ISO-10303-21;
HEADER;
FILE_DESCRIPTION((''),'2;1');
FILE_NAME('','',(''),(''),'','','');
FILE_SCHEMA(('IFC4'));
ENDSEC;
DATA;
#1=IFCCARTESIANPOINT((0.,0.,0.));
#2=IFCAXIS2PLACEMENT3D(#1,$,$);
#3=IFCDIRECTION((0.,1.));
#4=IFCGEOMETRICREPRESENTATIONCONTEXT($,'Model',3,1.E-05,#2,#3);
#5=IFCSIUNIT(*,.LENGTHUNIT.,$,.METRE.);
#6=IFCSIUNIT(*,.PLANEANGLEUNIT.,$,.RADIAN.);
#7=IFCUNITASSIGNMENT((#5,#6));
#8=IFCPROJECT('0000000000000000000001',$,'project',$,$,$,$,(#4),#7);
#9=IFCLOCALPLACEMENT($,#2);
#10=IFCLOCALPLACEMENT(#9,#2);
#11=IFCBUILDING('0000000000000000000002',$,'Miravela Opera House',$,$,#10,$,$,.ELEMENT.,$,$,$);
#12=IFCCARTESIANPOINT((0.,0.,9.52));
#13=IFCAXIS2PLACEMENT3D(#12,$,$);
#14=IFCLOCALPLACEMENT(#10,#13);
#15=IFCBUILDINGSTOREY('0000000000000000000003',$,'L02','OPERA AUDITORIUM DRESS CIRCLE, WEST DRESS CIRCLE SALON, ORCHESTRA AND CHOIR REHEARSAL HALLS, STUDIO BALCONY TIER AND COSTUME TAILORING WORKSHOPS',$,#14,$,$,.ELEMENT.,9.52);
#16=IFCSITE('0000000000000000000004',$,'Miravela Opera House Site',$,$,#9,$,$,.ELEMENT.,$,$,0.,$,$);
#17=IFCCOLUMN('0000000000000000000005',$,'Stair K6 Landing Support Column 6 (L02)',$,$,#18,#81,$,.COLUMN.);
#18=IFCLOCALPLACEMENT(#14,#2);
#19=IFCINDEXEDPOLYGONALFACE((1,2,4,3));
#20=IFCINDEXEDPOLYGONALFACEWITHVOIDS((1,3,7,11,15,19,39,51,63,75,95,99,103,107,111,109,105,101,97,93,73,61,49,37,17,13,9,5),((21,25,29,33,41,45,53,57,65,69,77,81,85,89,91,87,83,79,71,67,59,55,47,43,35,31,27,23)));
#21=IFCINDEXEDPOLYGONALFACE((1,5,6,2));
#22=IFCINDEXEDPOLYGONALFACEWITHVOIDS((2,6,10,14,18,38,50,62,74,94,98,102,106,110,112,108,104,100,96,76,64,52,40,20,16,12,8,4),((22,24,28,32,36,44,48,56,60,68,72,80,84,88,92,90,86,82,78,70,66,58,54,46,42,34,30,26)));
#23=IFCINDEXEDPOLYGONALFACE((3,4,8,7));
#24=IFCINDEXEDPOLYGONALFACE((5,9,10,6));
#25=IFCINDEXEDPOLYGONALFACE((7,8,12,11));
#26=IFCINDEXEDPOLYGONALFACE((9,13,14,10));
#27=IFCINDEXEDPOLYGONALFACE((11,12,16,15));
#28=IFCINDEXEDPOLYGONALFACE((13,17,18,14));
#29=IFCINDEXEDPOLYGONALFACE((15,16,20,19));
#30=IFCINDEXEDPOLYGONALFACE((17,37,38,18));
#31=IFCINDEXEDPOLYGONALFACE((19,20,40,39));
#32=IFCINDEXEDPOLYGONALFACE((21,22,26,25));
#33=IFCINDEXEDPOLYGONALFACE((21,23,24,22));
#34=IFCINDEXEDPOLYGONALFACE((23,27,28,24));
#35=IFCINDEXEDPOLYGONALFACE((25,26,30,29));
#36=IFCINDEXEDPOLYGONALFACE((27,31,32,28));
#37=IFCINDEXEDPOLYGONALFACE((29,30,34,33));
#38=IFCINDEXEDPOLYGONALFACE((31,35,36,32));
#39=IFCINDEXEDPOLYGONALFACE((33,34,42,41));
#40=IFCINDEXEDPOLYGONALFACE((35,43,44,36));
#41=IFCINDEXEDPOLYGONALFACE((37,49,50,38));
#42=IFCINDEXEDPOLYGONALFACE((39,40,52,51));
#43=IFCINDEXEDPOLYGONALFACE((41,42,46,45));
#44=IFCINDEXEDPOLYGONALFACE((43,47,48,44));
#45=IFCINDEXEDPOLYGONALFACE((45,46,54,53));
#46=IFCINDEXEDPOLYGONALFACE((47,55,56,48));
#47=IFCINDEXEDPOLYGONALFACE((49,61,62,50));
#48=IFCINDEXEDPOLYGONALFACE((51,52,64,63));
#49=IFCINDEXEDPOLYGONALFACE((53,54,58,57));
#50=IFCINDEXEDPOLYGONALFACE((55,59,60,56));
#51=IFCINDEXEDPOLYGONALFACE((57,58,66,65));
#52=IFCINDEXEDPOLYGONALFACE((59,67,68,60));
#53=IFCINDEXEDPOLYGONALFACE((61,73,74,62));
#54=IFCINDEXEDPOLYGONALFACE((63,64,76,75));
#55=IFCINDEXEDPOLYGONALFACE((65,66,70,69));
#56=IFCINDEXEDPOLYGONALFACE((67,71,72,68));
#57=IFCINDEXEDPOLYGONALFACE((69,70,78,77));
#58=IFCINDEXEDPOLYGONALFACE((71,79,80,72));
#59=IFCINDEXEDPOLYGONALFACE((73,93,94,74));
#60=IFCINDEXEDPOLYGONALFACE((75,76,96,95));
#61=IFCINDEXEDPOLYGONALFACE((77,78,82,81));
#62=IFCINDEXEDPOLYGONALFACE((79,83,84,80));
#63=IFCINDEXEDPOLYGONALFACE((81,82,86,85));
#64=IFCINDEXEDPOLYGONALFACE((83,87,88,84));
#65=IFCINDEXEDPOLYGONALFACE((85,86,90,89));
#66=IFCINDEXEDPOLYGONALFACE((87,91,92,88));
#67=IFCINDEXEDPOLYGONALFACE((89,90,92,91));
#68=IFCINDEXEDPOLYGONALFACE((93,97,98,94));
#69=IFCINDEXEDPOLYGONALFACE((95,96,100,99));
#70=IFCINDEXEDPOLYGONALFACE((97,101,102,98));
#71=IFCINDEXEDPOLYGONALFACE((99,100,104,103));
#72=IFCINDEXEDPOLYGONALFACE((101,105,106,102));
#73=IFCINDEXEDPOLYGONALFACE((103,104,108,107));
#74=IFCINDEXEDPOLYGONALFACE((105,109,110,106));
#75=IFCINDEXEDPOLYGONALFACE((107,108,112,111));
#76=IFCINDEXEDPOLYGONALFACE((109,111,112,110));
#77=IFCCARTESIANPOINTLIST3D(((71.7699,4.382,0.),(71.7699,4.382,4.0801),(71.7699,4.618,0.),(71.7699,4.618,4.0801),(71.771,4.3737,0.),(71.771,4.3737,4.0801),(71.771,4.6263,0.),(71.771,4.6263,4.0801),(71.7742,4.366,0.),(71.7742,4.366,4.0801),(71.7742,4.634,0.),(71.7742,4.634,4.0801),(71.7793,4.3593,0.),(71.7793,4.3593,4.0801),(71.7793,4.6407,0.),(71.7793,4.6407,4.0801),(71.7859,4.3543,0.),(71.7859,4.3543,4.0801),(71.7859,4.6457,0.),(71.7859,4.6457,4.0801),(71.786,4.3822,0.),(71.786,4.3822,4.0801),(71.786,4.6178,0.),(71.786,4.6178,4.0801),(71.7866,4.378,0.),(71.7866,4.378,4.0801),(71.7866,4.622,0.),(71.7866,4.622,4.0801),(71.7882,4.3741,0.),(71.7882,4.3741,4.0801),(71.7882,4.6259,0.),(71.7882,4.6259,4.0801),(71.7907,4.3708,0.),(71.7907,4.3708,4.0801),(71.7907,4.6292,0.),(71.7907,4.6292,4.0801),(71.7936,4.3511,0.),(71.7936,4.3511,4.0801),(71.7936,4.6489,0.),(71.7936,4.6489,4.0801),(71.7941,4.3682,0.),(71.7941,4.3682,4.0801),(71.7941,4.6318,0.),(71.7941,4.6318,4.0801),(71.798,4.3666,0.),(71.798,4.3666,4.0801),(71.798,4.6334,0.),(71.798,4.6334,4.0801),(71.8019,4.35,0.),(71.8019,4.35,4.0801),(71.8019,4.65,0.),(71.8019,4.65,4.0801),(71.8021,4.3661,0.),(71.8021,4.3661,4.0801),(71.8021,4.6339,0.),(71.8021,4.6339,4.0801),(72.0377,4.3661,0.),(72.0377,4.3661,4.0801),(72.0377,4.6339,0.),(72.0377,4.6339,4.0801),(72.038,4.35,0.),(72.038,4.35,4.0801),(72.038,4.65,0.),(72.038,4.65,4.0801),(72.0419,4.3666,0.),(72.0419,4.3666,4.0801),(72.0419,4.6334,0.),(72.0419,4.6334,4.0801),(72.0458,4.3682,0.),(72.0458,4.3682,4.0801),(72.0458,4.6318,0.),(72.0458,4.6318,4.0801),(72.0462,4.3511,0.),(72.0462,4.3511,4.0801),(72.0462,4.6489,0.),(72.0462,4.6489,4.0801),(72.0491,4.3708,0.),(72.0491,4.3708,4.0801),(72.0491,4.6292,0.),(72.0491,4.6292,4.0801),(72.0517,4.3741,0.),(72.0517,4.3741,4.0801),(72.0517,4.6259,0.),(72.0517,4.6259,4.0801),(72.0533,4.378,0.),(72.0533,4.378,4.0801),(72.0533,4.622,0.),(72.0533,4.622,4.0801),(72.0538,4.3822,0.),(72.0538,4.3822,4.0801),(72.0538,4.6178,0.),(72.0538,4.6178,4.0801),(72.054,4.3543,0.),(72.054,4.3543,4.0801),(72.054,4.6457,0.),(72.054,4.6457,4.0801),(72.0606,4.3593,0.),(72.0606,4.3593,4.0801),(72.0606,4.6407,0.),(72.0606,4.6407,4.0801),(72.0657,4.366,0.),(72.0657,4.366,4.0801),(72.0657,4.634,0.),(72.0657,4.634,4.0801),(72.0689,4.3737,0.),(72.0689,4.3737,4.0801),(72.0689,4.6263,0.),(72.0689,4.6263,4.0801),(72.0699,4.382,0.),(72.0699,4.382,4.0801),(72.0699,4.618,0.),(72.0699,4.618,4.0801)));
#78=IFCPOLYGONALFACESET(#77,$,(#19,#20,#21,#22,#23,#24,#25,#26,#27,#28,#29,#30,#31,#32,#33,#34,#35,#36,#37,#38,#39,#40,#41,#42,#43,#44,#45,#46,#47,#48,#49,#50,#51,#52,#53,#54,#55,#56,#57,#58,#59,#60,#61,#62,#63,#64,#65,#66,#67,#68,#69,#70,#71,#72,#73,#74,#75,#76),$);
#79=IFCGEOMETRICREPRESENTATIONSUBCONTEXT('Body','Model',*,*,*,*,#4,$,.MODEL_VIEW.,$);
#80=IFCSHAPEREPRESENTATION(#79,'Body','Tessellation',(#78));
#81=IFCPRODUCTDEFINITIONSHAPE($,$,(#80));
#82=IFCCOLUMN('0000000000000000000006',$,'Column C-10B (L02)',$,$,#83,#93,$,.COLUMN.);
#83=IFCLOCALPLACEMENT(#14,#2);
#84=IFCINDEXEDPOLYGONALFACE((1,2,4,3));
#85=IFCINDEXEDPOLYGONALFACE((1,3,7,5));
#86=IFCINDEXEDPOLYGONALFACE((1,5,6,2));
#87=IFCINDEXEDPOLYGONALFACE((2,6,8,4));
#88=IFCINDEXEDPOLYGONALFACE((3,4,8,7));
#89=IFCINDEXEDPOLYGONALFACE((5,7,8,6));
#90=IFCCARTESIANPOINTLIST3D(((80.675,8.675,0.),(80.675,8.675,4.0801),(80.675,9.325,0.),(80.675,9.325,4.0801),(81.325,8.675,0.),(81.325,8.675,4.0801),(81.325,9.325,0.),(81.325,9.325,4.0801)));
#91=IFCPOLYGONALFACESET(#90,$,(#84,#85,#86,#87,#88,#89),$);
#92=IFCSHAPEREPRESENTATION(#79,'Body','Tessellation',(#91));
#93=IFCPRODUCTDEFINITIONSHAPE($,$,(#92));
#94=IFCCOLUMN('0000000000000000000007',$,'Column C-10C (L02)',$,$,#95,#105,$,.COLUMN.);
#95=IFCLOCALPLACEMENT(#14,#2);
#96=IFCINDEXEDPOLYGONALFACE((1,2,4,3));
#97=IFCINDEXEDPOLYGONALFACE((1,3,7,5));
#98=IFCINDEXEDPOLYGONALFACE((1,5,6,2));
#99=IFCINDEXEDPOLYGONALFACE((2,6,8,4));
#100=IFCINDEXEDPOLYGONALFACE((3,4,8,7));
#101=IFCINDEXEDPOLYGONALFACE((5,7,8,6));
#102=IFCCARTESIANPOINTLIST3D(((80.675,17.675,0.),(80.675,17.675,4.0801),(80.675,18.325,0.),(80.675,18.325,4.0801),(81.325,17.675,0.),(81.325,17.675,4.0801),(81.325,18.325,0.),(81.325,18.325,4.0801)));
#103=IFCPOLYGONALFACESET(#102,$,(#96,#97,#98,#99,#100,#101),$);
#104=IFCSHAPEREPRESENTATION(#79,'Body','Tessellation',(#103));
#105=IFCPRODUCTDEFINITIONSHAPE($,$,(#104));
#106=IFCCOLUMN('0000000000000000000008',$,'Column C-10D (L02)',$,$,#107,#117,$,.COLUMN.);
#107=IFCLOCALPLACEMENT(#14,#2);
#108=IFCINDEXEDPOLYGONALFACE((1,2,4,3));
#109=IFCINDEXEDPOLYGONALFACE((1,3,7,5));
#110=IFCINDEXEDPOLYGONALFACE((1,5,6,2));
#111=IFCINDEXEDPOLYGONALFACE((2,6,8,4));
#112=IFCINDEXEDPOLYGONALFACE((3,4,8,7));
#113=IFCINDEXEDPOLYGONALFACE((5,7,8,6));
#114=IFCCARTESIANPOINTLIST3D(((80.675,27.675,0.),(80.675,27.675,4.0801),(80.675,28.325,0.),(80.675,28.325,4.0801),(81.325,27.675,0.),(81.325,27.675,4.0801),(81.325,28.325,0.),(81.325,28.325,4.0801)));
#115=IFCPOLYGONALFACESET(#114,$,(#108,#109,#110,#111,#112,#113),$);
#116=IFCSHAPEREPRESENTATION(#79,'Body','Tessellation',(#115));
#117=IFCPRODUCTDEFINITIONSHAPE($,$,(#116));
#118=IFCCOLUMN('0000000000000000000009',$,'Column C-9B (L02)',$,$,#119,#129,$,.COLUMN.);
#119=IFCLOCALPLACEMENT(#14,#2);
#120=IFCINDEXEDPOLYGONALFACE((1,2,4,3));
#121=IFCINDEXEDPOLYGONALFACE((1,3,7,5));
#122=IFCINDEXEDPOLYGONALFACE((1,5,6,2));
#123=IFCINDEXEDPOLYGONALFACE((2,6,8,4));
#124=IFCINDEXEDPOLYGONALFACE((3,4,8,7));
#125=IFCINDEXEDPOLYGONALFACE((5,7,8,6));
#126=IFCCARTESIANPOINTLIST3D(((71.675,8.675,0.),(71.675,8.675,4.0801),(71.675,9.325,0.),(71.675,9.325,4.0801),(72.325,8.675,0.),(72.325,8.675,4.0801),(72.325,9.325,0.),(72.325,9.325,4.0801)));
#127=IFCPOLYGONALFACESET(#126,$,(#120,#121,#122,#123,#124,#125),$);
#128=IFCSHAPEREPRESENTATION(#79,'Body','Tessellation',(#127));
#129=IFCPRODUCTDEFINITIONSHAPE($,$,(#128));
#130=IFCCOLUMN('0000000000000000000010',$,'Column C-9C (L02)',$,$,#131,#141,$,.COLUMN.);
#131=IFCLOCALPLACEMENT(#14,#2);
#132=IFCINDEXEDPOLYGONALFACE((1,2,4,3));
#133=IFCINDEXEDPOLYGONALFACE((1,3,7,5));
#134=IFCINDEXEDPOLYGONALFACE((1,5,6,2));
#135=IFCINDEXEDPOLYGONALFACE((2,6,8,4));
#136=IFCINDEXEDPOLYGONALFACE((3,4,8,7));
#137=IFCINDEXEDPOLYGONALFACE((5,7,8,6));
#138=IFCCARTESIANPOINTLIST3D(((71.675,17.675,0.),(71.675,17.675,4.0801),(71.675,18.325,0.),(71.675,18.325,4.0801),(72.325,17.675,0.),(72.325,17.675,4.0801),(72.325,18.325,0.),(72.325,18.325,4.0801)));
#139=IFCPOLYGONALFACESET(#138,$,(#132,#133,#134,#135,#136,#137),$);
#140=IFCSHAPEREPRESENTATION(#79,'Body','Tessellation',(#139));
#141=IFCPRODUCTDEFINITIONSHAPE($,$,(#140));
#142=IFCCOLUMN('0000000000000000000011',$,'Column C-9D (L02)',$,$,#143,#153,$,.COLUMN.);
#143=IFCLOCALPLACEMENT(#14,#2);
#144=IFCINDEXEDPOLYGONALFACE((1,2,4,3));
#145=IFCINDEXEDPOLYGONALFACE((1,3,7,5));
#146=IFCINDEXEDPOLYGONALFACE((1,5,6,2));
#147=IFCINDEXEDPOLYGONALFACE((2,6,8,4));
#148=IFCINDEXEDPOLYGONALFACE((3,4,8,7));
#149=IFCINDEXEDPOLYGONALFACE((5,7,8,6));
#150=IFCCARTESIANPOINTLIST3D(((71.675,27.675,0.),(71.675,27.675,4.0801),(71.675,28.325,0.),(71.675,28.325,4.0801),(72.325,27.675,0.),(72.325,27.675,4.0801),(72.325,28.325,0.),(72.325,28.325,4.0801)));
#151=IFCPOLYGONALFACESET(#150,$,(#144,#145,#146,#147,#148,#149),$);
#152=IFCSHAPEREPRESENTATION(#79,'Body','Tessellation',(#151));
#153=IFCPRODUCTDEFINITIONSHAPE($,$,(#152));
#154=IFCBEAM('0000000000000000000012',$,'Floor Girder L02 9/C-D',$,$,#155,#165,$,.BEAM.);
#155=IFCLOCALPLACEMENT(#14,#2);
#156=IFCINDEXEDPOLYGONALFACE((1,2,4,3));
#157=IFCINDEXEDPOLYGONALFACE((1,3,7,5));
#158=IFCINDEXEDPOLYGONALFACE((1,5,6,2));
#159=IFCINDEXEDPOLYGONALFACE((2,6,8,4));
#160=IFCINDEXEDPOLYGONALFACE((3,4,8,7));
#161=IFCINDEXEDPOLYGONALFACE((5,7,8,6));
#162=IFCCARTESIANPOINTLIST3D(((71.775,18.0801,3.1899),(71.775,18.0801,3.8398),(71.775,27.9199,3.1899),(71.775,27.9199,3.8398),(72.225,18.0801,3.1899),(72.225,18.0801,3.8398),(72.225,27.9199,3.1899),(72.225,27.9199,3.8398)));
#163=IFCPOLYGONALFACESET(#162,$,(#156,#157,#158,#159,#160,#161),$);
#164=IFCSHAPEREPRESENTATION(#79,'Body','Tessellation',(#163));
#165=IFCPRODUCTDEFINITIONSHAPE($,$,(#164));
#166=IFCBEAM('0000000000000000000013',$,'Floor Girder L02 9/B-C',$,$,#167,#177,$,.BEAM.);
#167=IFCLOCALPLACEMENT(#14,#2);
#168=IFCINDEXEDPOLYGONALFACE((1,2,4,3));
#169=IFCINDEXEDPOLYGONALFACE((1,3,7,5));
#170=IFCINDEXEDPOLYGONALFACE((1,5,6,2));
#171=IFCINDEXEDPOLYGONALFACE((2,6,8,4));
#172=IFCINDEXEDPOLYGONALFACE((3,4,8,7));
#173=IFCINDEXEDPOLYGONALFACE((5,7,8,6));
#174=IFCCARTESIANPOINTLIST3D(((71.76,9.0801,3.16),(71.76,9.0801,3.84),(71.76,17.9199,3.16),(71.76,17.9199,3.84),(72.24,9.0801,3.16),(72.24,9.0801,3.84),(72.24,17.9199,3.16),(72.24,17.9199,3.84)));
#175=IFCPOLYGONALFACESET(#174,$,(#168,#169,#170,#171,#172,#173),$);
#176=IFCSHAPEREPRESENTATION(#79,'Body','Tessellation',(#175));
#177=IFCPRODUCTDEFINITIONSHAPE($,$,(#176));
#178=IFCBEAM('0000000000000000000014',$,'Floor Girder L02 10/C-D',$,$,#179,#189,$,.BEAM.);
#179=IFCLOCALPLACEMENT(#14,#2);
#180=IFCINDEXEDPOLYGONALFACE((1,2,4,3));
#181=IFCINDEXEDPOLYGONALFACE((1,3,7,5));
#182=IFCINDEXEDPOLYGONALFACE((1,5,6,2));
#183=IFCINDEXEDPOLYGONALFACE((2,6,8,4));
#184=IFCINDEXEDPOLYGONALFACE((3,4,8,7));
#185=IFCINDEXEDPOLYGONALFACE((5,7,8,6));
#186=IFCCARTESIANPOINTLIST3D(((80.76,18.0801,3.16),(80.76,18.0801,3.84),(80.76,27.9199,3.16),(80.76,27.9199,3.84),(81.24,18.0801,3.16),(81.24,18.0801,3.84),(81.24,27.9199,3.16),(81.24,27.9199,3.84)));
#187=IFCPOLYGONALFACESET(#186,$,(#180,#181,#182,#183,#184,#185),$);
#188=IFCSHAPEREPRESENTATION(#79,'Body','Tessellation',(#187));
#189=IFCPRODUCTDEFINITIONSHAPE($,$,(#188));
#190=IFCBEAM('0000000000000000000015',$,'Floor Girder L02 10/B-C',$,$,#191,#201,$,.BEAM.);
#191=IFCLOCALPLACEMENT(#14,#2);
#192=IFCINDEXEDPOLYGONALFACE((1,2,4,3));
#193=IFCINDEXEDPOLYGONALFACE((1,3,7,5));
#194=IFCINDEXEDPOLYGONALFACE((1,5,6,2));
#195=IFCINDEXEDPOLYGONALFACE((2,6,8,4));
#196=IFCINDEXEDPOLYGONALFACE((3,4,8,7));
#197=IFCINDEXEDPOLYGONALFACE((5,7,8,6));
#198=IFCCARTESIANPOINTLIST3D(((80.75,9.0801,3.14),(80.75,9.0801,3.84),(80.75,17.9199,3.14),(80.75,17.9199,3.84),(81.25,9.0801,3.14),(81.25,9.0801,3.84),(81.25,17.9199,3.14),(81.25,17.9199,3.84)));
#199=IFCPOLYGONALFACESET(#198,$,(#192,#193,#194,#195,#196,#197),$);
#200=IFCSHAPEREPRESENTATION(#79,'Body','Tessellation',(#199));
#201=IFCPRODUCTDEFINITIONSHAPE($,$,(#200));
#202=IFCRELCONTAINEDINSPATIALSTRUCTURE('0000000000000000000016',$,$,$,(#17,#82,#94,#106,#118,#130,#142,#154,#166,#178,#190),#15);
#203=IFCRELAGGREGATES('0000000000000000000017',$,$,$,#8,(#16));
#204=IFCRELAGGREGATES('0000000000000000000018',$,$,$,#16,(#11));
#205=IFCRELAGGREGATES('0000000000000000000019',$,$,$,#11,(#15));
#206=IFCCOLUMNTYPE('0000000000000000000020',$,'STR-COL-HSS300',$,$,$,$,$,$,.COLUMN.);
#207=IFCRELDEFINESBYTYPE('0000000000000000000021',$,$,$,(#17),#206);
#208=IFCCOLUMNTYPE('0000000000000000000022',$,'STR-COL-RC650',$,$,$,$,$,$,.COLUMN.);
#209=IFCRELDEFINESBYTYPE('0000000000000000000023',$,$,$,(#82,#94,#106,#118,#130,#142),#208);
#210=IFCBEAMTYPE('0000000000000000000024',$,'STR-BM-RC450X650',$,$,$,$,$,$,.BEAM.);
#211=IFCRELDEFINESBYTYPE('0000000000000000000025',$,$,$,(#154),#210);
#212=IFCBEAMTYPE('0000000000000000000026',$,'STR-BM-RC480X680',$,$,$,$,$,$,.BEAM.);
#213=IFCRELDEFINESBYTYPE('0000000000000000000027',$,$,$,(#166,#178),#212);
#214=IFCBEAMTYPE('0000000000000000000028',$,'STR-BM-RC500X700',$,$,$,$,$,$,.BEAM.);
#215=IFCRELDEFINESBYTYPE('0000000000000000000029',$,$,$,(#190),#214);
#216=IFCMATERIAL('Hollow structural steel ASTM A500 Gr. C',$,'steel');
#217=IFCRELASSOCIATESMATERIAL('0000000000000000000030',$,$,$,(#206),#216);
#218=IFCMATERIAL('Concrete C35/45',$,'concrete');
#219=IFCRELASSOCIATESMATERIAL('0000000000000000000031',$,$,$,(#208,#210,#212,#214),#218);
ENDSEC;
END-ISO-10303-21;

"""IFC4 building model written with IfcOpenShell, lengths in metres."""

from ifc_helpers import new_model, si_unit, direction, frame, origin, origin_2d, place, context, subcontext, project, spatial, rectangle, hollow_rectangle, extrude, material, material_profile, profile_set, type_object, element, save


model = new_model("IFC4")

# Units and contexts
model_context = context("Model", 3, precision=1e-05, world=origin(), true_north=direction((0.0, 1.0)))
body_context = subcontext(model_context, "Body", "Model", "MODEL_VIEW")
ifc_project = project(units=[si_unit("LENGTHUNIT", "METRE"), si_unit("PLANEANGLEUNIT", "RADIAN")], contexts=[model_context])

# Site, building, storey
site_placement = place(None, origin())
site = spatial("IfcSite", under=ifc_project, at=site_placement, Name="Miravela Opera House Site", CompositionType="ELEMENT", RefElevation=0.0)
building_placement = place(site_placement, origin())
building = spatial("IfcBuilding", under=site, at=building_placement, Name="Miravela Opera House", CompositionType="ELEMENT")
storey_placement = place(building_placement, frame((0.0, 0.0, 9.52)))
storey = spatial("IfcBuildingStorey", under=building, at=storey_placement, Name="L02", Description="OPERA AUDITORIUM DRESS CIRCLE, WEST DRESS CIRCLE SALON, ORCHESTRA AND CHOIR REHEARSAL HALLS, STUDIO BALCONY TIER AND COSTUME TAILORING WORKSHOPS", CompositionType="ELEMENT", Elevation=9.52)

# Columns
ifc_material_1 = material(Name="Hollow structural steel ASTM A500 Gr. C", Category="steel")
ifc_material_profile_1 = material_profile(ifc_material_1, hollow_rectangle(XDim=0.3, YDim=0.3, WallThickness=0.0161, InnerFilletRadius=0.0161, OuterFilletRadius=0.032, at=origin_2d()), Name="HSS300X300X16")
ifc_profile_set_1 = profile_set([ifc_material_profile_1])
column_type_1 = type_object("IfcColumnType", Name="STR-COL-HSS300", PredefinedType="COLUMN", material=ifc_profile_set_1)
column_placement = place(storey_placement, frame((71.9199, 4.5, 0.0), z_axis=(0.0, 0.0, 1.0), x_axis=(1.0, 0.0, 0.0)))
element("IfcColumn", 1, at=column_placement, inside=storey, type_object=column_type_1, Name="Stair K6 Landing Support Column 6 (L02)", PredefinedType="COLUMN", context=body_context, shape_type="SweptSolid", body=[
    extrude(hollow_rectangle(XDim=0.3, YDim=0.3, WallThickness=0.0161, InnerFilletRadius=0.0161, OuterFilletRadius=0.032, at=origin_2d()), origin(), (0.0, 0.0, 1.0), 4.0801),
])
ifc_material_2 = material(Name="Concrete C35/45", Category="concrete")
ifc_material_profile_2 = material_profile(ifc_material_2, rectangle(XDim=0.6499, YDim=0.6499, at=origin_2d()), Name="RC-COL-650X650")
ifc_profile_set_2 = profile_set([ifc_material_profile_2])
column_type_2 = type_object("IfcColumnType", Name="STR-COL-RC650", PredefinedType="COLUMN", material=ifc_profile_set_2)
for number, where, z_axis, x_axis, name in (
    (2, (81.0, 9.0, 0.0), (0.0, 0.0, 1.0), (1.0, 0.0, 0.0), "Column C-10B (L02)"),
    (3, (81.0, 18.0, 0.0), (0.0, 0.0, 1.0), (1.0, 0.0, 0.0), "Column C-10C (L02)"),
    (4, (81.0, 28.0, 0.0), (0.0, 0.0, 1.0), (1.0, 0.0, 0.0), "Column C-10D (L02)"),
    (5, (72.0, 9.0, 0.0), (0.0, 0.0, 1.0), (1.0, 0.0, 0.0), "Column C-9B (L02)"),
    (6, (72.0, 18.0, 0.0), (0.0, 0.0, 1.0), (1.0, 0.0, 0.0), "Column C-9C (L02)"),
    (7, (72.0, 28.0, 0.0), (0.0, 0.0, 1.0), (1.0, 0.0, 0.0), "Column C-9D (L02)"),
):
    element("IfcColumn", number, at=place(storey_placement, frame(where, z_axis=z_axis, x_axis=x_axis)), inside=storey, type_object=column_type_2, Name=name, PredefinedType="COLUMN", context=body_context, shape_type="SweptSolid", body=[
        extrude(rectangle(XDim=0.6499, YDim=0.6499, at=origin_2d()), origin(), (0.0, 0.0, 1.0), 4.0801),
    ])

# Beams
ifc_material_profile_3 = material_profile(ifc_material_2, rectangle(XDim=0.45, YDim=0.6499, at=origin_2d()), Name="RC-BM-450X650")
ifc_profile_set_3 = profile_set([ifc_material_profile_3])
beam_type_1 = type_object("IfcBeamType", Name="STR-BM-RC450X650", PredefinedType="BEAM", material=ifc_profile_set_3)
beam_1_placement = place(storey_placement, frame((72.0, 18.0801, 3.5149), z_axis=(0.0, 1.0, 0.0), x_axis=(-1.0, 0.0, 0.0)))
element("IfcBeam", 8, at=beam_1_placement, inside=storey, type_object=beam_type_1, Name="Floor Girder L02 9/C-D", PredefinedType="BEAM", context=body_context, shape_type="SweptSolid", body=[
    extrude(rectangle(XDim=0.45, YDim=0.6499, at=origin_2d()), origin(), (0.0, 0.0, 1.0), 9.8398),
])
ifc_material_profile_4 = material_profile(ifc_material_2, rectangle(XDim=0.48, YDim=0.6799, at=origin_2d()), Name="RC-BM-480X680")
ifc_profile_set_4 = profile_set([ifc_material_profile_4])
beam_type_2 = type_object("IfcBeamType", Name="STR-BM-RC480X680", PredefinedType="BEAM", material=ifc_profile_set_4)
beam_2_placement = place(storey_placement, frame((72.0, 9.0801, 3.5), z_axis=(0.0, 1.0, 0.0), x_axis=(-1.0, 0.0, 0.0)))
element("IfcBeam", 9, at=beam_2_placement, inside=storey, type_object=beam_type_2, Name="Floor Girder L02 9/B-C", PredefinedType="BEAM", context=body_context, shape_type="SweptSolid", body=[
    extrude(rectangle(XDim=0.48, YDim=0.6799, at=origin_2d()), origin(), (0.0, 0.0, 1.0), 8.8398),
])
beam_3_placement = place(storey_placement, frame((81.0, 18.0801, 3.5), z_axis=(0.0, 1.0, 0.0), x_axis=(-1.0, 0.0, 0.0)))
element("IfcBeam", 10, at=beam_3_placement, inside=storey, type_object=beam_type_2, Name="Floor Girder L02 10/C-D", PredefinedType="BEAM", context=body_context, shape_type="SweptSolid", body=[
    extrude(rectangle(XDim=0.48, YDim=0.6799, at=origin_2d()), origin(), (0.0, 0.0, 1.0), 9.8398),
])
ifc_material_profile_5 = material_profile(ifc_material_2, rectangle(XDim=0.5, YDim=0.7, at=origin_2d()), Name="RC-BM-500X700")
ifc_profile_set_5 = profile_set([ifc_material_profile_5])
beam_type_3 = type_object("IfcBeamType", Name="STR-BM-RC500X700", PredefinedType="BEAM", material=ifc_profile_set_5)
beam_4_placement = place(storey_placement, frame((81.0, 9.0801, 3.49), z_axis=(0.0, 1.0, 0.0), x_axis=(-1.0, 0.0, 0.0)))
element("IfcBeam", 11, at=beam_4_placement, inside=storey, type_object=beam_type_3, Name="Floor Girder L02 10/B-C", PredefinedType="BEAM", context=body_context, shape_type="SweptSolid", body=[
    extrude(rectangle(XDim=0.5, YDim=0.7, at=origin_2d()), origin(), (0.0, 0.0, 1.0), 8.8398),
])

save(model, "model.ifc")
